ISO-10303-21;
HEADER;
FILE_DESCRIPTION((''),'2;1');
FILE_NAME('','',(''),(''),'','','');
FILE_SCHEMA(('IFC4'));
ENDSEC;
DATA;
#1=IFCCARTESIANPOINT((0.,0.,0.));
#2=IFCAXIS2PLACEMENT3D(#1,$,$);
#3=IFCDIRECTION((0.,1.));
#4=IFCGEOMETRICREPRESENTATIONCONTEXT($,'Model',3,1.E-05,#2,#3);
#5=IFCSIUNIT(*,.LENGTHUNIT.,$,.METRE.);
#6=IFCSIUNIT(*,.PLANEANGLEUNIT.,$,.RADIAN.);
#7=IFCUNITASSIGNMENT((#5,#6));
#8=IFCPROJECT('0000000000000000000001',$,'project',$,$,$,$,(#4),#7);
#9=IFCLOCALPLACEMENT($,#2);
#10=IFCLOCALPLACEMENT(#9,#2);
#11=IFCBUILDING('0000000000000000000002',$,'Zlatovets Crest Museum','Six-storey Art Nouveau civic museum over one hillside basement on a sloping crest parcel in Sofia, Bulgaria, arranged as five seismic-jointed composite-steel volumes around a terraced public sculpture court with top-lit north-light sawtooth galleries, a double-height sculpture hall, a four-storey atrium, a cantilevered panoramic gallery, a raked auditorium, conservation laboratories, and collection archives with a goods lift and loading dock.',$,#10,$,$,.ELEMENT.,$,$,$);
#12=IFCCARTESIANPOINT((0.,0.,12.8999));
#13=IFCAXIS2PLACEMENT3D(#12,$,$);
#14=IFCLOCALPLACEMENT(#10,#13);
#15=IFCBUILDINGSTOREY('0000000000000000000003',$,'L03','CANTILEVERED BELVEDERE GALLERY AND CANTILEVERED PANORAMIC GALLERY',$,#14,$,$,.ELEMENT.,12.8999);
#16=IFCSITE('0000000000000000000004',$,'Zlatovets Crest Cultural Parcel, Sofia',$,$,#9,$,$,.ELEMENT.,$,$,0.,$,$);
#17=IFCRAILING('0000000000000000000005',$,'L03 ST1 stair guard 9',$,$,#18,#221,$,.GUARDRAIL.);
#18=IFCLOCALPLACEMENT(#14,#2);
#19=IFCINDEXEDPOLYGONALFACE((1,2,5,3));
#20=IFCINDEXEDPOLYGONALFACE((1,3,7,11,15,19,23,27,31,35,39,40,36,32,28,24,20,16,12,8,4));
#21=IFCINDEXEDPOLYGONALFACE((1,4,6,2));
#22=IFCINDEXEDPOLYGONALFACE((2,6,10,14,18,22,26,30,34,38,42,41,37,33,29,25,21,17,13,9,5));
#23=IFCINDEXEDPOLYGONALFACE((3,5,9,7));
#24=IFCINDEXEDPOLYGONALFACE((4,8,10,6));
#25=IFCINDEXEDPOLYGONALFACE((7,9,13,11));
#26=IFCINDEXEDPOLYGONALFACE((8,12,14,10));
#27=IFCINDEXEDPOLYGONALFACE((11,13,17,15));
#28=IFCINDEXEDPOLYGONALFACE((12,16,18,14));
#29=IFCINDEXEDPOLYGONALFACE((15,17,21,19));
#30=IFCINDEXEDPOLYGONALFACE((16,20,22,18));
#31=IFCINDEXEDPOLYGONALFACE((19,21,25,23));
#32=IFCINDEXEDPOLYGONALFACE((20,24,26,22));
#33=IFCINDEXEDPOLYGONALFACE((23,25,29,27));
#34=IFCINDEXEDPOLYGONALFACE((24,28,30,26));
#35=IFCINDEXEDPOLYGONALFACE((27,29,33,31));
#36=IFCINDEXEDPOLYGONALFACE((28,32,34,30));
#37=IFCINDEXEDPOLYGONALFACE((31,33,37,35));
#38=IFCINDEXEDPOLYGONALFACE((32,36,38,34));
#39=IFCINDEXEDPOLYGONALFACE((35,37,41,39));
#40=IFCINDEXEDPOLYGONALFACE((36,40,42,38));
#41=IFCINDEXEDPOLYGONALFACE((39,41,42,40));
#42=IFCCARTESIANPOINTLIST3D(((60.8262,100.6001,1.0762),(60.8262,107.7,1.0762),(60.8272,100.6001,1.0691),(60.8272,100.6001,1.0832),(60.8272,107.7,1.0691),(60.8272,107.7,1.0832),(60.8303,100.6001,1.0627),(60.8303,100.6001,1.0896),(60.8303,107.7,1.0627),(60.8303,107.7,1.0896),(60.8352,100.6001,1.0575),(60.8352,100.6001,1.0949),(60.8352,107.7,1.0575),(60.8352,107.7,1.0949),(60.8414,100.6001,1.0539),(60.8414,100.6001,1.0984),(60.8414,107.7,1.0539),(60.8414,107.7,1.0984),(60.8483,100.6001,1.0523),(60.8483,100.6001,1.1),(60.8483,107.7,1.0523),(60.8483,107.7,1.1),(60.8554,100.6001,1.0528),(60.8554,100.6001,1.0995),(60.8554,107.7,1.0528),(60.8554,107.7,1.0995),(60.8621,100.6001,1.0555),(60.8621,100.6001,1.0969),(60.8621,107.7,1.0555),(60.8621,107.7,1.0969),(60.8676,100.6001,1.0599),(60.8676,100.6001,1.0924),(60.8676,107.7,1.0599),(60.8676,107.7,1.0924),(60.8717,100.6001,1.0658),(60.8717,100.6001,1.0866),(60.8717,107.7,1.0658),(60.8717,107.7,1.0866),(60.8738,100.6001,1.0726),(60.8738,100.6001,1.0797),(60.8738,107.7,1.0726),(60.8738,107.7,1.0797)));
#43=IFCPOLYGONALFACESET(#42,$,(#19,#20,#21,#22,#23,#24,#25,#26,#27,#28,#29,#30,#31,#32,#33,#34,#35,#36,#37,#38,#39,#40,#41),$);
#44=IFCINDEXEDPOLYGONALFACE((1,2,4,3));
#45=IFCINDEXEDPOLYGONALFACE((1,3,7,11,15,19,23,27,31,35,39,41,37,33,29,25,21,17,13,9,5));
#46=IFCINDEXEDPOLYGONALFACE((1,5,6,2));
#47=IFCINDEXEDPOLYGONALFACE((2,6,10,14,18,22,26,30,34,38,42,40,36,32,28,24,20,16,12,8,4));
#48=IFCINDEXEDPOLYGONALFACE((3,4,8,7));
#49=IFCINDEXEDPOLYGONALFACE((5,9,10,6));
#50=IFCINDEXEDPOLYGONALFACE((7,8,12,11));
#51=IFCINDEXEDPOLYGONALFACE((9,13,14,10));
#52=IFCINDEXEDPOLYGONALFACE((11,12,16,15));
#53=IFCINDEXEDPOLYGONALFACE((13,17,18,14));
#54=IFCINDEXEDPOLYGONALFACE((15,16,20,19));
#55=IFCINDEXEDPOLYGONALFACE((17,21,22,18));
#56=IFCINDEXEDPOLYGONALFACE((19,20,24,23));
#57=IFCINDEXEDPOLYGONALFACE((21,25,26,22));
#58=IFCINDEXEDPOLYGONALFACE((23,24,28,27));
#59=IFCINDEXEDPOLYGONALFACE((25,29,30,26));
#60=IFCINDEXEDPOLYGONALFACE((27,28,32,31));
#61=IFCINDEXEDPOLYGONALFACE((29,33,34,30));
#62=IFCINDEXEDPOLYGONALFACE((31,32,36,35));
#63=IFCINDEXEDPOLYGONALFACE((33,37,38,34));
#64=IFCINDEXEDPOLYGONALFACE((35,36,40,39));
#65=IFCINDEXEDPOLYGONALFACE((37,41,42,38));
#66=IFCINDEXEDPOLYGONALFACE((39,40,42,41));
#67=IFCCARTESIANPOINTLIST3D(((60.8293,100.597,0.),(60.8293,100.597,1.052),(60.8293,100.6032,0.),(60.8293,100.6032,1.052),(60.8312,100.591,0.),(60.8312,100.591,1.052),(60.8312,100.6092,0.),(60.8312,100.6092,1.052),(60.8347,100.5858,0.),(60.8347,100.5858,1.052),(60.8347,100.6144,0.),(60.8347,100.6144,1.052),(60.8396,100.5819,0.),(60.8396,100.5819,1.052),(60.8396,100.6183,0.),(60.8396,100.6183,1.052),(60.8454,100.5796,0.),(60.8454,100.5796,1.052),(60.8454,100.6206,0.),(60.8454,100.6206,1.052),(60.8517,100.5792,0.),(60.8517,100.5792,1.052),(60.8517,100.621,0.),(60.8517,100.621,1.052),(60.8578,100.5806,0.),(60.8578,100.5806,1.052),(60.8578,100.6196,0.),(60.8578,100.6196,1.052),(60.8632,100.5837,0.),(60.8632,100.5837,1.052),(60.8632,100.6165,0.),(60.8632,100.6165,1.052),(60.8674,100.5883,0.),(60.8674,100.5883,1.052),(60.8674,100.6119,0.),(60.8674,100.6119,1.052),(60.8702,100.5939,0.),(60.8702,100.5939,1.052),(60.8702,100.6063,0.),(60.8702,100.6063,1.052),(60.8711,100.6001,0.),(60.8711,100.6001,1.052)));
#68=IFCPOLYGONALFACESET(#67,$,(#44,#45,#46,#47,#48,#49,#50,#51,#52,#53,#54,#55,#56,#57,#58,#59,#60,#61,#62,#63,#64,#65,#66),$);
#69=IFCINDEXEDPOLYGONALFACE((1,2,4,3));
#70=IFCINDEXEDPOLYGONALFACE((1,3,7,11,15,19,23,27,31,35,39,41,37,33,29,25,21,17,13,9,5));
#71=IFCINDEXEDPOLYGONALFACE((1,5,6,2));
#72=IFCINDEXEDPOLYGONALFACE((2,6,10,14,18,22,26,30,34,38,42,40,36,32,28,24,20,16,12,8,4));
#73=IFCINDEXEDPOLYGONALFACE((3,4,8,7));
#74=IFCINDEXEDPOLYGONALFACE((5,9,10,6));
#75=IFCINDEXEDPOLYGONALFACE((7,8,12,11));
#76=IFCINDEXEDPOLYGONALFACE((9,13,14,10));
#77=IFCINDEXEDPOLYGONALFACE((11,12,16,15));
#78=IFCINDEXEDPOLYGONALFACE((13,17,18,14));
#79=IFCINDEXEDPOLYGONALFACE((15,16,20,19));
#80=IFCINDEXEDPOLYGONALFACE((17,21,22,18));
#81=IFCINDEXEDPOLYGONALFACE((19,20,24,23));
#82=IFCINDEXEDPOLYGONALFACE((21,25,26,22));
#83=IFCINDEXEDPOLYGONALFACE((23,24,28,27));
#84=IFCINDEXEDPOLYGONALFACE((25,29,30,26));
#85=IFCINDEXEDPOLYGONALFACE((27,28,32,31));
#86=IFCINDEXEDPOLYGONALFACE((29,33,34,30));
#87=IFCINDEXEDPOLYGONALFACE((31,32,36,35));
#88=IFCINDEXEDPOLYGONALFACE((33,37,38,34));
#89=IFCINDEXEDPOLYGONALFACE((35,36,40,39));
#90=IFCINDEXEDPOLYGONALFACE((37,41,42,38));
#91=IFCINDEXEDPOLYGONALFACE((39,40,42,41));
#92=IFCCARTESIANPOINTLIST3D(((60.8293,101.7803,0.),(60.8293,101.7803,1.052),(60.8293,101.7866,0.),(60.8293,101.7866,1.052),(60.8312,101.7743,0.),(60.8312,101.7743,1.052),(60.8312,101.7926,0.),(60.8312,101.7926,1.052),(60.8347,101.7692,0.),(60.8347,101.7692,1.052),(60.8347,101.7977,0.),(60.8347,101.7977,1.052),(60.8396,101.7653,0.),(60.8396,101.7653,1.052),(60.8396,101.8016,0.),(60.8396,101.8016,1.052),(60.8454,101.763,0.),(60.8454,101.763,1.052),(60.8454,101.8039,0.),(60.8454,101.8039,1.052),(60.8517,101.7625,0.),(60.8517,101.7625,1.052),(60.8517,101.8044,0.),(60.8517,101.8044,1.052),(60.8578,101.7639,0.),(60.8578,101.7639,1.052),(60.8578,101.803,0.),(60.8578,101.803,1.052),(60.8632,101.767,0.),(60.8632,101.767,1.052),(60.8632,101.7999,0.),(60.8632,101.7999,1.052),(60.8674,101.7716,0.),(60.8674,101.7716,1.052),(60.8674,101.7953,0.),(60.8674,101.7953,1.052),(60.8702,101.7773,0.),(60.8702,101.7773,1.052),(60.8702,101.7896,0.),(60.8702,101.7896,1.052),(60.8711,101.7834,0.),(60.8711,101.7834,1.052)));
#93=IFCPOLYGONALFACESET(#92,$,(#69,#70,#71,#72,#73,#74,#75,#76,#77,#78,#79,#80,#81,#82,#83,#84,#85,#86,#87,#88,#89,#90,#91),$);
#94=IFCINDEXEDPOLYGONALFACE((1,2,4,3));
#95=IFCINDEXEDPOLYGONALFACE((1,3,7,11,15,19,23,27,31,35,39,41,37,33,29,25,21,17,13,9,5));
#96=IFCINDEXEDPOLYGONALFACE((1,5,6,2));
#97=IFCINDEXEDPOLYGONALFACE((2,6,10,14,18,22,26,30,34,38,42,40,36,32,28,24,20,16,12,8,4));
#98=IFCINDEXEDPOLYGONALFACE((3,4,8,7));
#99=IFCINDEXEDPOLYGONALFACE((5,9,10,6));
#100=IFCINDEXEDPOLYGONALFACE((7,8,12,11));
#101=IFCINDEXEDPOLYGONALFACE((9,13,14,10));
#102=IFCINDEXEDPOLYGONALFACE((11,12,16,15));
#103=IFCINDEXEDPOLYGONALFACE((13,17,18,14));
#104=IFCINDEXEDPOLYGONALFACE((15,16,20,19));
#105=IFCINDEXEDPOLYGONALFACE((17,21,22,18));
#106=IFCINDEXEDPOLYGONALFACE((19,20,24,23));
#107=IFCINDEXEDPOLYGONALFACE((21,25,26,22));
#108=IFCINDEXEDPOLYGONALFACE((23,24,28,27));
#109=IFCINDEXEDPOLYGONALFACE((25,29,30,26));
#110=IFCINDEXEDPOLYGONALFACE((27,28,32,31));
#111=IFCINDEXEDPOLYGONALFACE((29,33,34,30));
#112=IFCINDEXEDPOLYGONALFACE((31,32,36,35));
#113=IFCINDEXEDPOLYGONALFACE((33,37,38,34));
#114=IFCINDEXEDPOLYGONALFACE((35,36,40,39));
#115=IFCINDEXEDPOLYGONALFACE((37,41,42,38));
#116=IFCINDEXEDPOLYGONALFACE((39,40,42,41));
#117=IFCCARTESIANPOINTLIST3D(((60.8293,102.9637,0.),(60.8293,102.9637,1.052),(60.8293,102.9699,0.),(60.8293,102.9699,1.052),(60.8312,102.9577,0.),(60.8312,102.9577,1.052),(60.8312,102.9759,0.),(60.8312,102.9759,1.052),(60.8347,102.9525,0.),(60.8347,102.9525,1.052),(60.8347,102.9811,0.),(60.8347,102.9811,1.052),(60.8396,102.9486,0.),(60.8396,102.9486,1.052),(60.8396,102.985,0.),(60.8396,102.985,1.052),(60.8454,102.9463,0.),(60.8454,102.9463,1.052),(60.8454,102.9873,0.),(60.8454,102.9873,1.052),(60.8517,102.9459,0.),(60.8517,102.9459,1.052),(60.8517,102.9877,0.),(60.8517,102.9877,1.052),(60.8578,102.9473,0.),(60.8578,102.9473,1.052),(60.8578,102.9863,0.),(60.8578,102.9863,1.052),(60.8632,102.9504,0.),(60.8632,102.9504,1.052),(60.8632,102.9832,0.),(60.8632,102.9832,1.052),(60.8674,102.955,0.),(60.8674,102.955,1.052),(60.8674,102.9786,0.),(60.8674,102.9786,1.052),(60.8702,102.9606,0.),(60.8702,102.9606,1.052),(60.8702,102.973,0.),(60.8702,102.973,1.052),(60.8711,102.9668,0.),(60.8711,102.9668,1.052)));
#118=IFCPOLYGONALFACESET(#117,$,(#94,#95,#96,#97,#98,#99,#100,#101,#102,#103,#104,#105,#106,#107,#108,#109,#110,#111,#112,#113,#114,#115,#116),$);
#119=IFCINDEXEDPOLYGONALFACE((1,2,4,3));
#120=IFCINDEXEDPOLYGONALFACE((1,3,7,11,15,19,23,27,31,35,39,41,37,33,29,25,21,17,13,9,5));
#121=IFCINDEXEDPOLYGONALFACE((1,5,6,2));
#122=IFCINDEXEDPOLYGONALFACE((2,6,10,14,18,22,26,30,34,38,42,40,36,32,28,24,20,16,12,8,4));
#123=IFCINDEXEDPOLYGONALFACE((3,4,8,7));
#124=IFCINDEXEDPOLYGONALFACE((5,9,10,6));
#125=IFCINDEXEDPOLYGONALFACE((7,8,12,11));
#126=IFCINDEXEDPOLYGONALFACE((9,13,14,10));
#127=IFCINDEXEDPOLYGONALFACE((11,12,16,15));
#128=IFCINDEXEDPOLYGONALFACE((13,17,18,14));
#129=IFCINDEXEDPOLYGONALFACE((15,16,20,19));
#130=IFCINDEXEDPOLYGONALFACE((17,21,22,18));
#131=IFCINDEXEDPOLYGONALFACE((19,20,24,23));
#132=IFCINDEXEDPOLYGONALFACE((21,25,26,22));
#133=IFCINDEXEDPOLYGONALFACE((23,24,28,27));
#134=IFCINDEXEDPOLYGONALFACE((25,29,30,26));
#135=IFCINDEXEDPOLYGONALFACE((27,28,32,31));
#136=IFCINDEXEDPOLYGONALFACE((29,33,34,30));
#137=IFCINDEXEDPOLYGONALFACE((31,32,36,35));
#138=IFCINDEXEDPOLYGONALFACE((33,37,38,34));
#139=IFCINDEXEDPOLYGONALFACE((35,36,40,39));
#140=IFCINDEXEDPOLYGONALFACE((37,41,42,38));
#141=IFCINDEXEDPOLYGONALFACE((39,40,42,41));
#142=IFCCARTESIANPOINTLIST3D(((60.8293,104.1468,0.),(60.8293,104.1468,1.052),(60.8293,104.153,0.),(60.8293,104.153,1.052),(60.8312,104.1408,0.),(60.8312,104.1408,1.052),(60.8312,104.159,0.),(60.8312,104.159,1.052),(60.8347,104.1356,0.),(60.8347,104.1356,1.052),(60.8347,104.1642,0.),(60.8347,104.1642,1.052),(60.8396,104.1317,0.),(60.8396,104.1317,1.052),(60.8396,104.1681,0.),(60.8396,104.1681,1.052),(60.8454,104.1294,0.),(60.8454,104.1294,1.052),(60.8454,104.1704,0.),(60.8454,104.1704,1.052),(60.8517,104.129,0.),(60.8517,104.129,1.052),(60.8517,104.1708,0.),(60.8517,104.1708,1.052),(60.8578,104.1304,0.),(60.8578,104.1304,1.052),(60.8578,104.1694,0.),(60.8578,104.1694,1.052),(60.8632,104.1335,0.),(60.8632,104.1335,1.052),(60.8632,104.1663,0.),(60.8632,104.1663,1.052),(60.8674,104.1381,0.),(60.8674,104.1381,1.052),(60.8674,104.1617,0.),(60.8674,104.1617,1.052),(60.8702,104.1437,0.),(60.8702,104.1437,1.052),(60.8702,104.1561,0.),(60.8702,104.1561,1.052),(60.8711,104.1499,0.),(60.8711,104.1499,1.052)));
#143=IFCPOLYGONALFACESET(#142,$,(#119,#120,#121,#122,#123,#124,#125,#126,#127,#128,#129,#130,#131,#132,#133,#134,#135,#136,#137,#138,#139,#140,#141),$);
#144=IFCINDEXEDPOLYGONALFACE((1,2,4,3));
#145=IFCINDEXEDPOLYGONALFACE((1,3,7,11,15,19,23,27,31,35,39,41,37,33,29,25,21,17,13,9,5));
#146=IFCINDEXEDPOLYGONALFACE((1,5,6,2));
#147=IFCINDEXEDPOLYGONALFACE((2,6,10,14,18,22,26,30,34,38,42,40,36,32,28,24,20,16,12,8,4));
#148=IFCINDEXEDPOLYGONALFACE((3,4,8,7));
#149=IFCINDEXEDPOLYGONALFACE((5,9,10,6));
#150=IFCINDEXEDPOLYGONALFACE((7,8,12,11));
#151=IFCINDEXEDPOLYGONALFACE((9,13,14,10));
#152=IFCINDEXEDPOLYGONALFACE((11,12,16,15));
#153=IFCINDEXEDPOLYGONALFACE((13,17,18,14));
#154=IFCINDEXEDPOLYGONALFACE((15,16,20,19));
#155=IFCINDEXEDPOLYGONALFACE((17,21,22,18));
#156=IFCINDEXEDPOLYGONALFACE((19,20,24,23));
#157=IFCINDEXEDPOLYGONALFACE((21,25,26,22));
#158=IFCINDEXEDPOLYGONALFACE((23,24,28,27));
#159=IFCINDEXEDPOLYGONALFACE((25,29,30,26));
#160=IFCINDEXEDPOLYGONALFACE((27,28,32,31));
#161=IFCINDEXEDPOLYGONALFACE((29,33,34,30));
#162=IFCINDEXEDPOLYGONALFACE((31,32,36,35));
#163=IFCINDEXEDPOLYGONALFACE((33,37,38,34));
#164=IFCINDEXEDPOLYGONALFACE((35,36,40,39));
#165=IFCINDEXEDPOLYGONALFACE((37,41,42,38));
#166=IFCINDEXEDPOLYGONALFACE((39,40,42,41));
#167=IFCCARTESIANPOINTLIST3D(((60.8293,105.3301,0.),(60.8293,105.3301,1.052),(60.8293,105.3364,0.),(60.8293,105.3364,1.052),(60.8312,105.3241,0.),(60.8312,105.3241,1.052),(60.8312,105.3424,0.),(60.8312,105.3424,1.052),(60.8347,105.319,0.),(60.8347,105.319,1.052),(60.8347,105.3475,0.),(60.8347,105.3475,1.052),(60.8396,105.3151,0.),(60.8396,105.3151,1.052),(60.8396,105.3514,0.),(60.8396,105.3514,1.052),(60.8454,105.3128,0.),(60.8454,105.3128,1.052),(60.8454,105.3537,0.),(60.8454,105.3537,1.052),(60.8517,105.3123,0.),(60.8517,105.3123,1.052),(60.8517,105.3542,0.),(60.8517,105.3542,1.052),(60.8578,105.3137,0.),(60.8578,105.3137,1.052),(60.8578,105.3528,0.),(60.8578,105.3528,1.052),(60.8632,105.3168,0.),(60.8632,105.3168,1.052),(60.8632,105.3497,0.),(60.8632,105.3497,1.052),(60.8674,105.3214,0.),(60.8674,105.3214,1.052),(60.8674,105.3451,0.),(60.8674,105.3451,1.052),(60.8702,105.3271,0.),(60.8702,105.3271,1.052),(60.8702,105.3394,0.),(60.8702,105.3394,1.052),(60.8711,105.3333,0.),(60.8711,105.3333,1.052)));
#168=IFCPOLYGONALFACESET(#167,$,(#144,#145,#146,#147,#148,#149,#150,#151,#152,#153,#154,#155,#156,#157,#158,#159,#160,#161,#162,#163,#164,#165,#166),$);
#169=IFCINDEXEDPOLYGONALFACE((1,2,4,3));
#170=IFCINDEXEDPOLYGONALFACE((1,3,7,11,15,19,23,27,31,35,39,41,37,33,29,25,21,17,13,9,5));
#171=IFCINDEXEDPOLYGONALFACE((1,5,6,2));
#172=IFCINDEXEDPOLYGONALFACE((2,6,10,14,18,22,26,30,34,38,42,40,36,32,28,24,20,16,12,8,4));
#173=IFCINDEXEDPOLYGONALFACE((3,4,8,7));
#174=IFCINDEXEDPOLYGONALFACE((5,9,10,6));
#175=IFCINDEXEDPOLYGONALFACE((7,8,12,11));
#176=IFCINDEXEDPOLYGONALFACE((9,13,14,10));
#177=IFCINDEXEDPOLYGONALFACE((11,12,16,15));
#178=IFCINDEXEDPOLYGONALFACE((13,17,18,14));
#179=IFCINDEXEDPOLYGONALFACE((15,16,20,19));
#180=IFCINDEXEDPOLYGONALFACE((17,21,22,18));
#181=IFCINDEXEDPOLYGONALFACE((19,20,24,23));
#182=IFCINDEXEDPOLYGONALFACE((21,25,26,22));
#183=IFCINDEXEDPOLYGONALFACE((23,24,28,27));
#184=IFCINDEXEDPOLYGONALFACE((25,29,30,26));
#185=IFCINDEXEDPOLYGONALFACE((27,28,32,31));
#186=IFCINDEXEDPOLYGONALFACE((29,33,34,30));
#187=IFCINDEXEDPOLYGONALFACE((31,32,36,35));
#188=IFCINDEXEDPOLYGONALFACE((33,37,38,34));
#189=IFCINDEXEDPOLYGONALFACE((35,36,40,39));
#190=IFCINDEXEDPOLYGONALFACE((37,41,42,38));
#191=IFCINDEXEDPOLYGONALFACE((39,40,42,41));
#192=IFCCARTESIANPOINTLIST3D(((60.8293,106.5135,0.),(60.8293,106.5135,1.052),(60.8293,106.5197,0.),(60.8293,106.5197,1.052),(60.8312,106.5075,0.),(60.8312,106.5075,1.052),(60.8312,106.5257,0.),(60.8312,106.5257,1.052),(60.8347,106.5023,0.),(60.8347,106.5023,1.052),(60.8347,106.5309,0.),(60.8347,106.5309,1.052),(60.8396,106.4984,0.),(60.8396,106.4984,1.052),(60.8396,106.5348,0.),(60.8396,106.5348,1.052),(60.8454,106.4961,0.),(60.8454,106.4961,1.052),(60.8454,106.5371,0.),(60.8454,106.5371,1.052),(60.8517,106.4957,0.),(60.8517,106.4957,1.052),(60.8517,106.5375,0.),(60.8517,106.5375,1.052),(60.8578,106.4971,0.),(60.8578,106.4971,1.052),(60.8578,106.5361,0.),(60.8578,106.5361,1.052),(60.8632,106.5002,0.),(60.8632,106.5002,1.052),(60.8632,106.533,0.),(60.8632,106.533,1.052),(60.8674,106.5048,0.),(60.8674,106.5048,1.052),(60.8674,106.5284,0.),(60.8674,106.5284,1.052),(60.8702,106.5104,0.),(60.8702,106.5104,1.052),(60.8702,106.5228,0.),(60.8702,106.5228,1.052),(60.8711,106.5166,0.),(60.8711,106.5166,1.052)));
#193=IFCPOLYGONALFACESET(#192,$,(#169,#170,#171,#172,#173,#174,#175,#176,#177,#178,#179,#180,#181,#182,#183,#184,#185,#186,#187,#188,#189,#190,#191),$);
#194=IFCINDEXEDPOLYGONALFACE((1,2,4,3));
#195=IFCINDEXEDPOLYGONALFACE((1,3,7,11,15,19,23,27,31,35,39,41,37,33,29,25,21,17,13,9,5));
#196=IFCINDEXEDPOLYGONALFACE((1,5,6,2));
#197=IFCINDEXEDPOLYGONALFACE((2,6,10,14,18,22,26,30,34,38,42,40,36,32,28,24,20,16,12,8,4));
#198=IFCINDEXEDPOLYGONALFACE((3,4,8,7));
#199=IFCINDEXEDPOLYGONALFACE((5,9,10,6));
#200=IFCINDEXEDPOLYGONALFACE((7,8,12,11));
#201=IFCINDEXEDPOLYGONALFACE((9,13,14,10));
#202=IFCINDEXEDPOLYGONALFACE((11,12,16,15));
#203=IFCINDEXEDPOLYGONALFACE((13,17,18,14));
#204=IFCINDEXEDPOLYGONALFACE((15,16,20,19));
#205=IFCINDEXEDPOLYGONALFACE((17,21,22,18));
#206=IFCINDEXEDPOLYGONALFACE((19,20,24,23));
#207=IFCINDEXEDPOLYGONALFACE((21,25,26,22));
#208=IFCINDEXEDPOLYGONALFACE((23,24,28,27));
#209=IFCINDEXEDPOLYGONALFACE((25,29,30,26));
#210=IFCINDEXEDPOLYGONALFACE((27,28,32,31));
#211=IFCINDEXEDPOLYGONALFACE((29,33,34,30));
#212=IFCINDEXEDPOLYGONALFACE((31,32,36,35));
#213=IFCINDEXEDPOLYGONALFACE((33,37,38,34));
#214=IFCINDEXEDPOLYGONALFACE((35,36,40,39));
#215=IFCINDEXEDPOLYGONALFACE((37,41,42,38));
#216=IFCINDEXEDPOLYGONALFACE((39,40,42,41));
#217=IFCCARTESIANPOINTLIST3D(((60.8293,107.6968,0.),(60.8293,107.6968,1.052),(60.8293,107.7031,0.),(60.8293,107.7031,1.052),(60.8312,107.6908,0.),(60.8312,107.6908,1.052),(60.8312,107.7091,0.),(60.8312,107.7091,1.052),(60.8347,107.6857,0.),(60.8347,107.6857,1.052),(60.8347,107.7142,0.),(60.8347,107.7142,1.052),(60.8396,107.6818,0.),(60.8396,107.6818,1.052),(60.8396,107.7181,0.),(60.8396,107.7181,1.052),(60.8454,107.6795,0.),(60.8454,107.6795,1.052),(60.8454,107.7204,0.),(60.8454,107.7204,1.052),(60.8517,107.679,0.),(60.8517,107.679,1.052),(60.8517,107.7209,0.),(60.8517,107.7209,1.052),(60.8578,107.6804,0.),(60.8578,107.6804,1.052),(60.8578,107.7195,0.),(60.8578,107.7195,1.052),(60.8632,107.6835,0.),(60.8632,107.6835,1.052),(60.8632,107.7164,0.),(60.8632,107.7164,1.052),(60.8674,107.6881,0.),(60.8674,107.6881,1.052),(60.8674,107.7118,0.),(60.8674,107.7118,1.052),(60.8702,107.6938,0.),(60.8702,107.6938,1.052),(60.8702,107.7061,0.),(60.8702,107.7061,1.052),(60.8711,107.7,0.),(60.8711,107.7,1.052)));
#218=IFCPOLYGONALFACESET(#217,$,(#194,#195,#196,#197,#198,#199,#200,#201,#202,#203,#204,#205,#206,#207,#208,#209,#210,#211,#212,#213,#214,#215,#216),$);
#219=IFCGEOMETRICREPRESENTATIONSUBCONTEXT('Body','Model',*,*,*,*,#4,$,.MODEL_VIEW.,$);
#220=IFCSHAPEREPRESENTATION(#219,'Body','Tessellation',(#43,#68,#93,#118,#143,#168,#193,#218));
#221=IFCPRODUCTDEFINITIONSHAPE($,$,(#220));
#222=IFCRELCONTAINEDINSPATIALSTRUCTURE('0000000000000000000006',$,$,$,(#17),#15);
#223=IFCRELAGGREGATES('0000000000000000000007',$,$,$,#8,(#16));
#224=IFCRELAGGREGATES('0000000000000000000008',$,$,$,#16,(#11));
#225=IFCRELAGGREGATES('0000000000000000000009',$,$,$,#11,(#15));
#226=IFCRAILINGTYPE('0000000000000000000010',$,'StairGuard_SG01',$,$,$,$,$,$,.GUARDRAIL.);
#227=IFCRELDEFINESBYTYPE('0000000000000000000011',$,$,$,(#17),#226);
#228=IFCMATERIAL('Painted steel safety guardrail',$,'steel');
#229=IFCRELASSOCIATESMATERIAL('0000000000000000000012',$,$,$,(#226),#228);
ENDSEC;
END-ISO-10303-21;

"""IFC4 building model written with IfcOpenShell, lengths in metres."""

from ifc_helpers import new_model, si_unit, direction, frame, origin, origin_2d, place, context, subcontext, project, spatial, circle, extrude, material, type_object, element, save


model = new_model("IFC4")

# Units and contexts
model_context = context("Model", 3, precision=1e-05, world=origin(), true_north=direction((0.0, 1.0)))
body_context = subcontext(model_context, "Body", "Model", "MODEL_VIEW")
ifc_project = project(units=[si_unit("LENGTHUNIT", "METRE"), si_unit("PLANEANGLEUNIT", "RADIAN")], contexts=[model_context])

# Site, building, storey
site_placement = place(None, origin())
site = spatial("IfcSite", under=ifc_project, at=site_placement, Name="Zlatovets Crest Cultural Parcel, Sofia", CompositionType="ELEMENT", RefElevation=0.0)
building_placement = place(site_placement, origin())
building = spatial("IfcBuilding", under=site, at=building_placement, Name="Zlatovets Crest Museum", Description="Six-storey Art Nouveau civic museum over one hillside basement on a sloping crest parcel in Sofia, Bulgaria, arranged as five seismic-jointed composite-steel volumes around a terraced public sculpture court with top-lit north-light sawtooth galleries, a double-height sculpture hall, a four-storey atrium, a cantilevered panoramic gallery, a raked auditorium, conservation laboratories, and collection archives with a goods lift and loading dock.", CompositionType="ELEMENT")
storey_placement = place(building_placement, frame((0.0, 0.0, 12.8999)))
storey = spatial("IfcBuildingStorey", under=building, at=storey_placement, Name="L03", Description="CANTILEVERED BELVEDERE GALLERY AND CANTILEVERED PANORAMIC GALLERY", CompositionType="ELEMENT", Elevation=12.8999)

# Railing
ifc_material_1 = material(Name="Painted steel safety guardrail", Category="steel")
railing_type = type_object("IfcRailingType", Name="StairGuard_SG01", PredefinedType="GUARDRAIL", material=ifc_material_1)
railing_placement = place(storey_placement, frame((60.8501, 100.6001, 0.0)))
element("IfcRailing", 1, at=railing_placement, inside=storey, type_object=railing_type, Name="L03 ST1 stair guard 9", PredefinedType="GUARDRAIL", context=body_context, shape_type="SweptSolid", body=[
    extrude(circle(Radius=0.0239, at=origin_2d()), frame((0.0, 0.0, 1.0762), z_axis=(0.0, 1.0, 0.0), x_axis=(-1.0, 0.0, 0.0)), (0.0, 0.0, 1.0), 7.0999),
    extrude(circle(Radius=0.021, at=origin_2d()), origin(), (0.0, 0.0, 1.0), 1.052),
    extrude(circle(Radius=0.021, at=origin_2d()), frame((0.0, 1.1833, 0.0)), (0.0, 0.0, 1.0), 1.052),
    extrude(circle(Radius=0.021, at=origin_2d()), frame((0.0, 2.3667, 0.0)), (0.0, 0.0, 1.0), 1.052),
    extrude(circle(Radius=0.021, at=origin_2d()), frame((0.0, 3.5498, 0.0)), (0.0, 0.0, 1.0), 1.052),
    extrude(circle(Radius=0.021, at=origin_2d()), frame((0.0, 4.7332, 0.0)), (0.0, 0.0, 1.0), 1.052),
    extrude(circle(Radius=0.021, at=origin_2d()), frame((0.0, 5.9165, 0.0)), (0.0, 0.0, 1.0), 1.052),
    extrude(circle(Radius=0.021, at=origin_2d()), frame((0.0, 7.0999, 0.0)), (0.0, 0.0, 1.0), 1.052),
])

save(model, "model.ifc")
